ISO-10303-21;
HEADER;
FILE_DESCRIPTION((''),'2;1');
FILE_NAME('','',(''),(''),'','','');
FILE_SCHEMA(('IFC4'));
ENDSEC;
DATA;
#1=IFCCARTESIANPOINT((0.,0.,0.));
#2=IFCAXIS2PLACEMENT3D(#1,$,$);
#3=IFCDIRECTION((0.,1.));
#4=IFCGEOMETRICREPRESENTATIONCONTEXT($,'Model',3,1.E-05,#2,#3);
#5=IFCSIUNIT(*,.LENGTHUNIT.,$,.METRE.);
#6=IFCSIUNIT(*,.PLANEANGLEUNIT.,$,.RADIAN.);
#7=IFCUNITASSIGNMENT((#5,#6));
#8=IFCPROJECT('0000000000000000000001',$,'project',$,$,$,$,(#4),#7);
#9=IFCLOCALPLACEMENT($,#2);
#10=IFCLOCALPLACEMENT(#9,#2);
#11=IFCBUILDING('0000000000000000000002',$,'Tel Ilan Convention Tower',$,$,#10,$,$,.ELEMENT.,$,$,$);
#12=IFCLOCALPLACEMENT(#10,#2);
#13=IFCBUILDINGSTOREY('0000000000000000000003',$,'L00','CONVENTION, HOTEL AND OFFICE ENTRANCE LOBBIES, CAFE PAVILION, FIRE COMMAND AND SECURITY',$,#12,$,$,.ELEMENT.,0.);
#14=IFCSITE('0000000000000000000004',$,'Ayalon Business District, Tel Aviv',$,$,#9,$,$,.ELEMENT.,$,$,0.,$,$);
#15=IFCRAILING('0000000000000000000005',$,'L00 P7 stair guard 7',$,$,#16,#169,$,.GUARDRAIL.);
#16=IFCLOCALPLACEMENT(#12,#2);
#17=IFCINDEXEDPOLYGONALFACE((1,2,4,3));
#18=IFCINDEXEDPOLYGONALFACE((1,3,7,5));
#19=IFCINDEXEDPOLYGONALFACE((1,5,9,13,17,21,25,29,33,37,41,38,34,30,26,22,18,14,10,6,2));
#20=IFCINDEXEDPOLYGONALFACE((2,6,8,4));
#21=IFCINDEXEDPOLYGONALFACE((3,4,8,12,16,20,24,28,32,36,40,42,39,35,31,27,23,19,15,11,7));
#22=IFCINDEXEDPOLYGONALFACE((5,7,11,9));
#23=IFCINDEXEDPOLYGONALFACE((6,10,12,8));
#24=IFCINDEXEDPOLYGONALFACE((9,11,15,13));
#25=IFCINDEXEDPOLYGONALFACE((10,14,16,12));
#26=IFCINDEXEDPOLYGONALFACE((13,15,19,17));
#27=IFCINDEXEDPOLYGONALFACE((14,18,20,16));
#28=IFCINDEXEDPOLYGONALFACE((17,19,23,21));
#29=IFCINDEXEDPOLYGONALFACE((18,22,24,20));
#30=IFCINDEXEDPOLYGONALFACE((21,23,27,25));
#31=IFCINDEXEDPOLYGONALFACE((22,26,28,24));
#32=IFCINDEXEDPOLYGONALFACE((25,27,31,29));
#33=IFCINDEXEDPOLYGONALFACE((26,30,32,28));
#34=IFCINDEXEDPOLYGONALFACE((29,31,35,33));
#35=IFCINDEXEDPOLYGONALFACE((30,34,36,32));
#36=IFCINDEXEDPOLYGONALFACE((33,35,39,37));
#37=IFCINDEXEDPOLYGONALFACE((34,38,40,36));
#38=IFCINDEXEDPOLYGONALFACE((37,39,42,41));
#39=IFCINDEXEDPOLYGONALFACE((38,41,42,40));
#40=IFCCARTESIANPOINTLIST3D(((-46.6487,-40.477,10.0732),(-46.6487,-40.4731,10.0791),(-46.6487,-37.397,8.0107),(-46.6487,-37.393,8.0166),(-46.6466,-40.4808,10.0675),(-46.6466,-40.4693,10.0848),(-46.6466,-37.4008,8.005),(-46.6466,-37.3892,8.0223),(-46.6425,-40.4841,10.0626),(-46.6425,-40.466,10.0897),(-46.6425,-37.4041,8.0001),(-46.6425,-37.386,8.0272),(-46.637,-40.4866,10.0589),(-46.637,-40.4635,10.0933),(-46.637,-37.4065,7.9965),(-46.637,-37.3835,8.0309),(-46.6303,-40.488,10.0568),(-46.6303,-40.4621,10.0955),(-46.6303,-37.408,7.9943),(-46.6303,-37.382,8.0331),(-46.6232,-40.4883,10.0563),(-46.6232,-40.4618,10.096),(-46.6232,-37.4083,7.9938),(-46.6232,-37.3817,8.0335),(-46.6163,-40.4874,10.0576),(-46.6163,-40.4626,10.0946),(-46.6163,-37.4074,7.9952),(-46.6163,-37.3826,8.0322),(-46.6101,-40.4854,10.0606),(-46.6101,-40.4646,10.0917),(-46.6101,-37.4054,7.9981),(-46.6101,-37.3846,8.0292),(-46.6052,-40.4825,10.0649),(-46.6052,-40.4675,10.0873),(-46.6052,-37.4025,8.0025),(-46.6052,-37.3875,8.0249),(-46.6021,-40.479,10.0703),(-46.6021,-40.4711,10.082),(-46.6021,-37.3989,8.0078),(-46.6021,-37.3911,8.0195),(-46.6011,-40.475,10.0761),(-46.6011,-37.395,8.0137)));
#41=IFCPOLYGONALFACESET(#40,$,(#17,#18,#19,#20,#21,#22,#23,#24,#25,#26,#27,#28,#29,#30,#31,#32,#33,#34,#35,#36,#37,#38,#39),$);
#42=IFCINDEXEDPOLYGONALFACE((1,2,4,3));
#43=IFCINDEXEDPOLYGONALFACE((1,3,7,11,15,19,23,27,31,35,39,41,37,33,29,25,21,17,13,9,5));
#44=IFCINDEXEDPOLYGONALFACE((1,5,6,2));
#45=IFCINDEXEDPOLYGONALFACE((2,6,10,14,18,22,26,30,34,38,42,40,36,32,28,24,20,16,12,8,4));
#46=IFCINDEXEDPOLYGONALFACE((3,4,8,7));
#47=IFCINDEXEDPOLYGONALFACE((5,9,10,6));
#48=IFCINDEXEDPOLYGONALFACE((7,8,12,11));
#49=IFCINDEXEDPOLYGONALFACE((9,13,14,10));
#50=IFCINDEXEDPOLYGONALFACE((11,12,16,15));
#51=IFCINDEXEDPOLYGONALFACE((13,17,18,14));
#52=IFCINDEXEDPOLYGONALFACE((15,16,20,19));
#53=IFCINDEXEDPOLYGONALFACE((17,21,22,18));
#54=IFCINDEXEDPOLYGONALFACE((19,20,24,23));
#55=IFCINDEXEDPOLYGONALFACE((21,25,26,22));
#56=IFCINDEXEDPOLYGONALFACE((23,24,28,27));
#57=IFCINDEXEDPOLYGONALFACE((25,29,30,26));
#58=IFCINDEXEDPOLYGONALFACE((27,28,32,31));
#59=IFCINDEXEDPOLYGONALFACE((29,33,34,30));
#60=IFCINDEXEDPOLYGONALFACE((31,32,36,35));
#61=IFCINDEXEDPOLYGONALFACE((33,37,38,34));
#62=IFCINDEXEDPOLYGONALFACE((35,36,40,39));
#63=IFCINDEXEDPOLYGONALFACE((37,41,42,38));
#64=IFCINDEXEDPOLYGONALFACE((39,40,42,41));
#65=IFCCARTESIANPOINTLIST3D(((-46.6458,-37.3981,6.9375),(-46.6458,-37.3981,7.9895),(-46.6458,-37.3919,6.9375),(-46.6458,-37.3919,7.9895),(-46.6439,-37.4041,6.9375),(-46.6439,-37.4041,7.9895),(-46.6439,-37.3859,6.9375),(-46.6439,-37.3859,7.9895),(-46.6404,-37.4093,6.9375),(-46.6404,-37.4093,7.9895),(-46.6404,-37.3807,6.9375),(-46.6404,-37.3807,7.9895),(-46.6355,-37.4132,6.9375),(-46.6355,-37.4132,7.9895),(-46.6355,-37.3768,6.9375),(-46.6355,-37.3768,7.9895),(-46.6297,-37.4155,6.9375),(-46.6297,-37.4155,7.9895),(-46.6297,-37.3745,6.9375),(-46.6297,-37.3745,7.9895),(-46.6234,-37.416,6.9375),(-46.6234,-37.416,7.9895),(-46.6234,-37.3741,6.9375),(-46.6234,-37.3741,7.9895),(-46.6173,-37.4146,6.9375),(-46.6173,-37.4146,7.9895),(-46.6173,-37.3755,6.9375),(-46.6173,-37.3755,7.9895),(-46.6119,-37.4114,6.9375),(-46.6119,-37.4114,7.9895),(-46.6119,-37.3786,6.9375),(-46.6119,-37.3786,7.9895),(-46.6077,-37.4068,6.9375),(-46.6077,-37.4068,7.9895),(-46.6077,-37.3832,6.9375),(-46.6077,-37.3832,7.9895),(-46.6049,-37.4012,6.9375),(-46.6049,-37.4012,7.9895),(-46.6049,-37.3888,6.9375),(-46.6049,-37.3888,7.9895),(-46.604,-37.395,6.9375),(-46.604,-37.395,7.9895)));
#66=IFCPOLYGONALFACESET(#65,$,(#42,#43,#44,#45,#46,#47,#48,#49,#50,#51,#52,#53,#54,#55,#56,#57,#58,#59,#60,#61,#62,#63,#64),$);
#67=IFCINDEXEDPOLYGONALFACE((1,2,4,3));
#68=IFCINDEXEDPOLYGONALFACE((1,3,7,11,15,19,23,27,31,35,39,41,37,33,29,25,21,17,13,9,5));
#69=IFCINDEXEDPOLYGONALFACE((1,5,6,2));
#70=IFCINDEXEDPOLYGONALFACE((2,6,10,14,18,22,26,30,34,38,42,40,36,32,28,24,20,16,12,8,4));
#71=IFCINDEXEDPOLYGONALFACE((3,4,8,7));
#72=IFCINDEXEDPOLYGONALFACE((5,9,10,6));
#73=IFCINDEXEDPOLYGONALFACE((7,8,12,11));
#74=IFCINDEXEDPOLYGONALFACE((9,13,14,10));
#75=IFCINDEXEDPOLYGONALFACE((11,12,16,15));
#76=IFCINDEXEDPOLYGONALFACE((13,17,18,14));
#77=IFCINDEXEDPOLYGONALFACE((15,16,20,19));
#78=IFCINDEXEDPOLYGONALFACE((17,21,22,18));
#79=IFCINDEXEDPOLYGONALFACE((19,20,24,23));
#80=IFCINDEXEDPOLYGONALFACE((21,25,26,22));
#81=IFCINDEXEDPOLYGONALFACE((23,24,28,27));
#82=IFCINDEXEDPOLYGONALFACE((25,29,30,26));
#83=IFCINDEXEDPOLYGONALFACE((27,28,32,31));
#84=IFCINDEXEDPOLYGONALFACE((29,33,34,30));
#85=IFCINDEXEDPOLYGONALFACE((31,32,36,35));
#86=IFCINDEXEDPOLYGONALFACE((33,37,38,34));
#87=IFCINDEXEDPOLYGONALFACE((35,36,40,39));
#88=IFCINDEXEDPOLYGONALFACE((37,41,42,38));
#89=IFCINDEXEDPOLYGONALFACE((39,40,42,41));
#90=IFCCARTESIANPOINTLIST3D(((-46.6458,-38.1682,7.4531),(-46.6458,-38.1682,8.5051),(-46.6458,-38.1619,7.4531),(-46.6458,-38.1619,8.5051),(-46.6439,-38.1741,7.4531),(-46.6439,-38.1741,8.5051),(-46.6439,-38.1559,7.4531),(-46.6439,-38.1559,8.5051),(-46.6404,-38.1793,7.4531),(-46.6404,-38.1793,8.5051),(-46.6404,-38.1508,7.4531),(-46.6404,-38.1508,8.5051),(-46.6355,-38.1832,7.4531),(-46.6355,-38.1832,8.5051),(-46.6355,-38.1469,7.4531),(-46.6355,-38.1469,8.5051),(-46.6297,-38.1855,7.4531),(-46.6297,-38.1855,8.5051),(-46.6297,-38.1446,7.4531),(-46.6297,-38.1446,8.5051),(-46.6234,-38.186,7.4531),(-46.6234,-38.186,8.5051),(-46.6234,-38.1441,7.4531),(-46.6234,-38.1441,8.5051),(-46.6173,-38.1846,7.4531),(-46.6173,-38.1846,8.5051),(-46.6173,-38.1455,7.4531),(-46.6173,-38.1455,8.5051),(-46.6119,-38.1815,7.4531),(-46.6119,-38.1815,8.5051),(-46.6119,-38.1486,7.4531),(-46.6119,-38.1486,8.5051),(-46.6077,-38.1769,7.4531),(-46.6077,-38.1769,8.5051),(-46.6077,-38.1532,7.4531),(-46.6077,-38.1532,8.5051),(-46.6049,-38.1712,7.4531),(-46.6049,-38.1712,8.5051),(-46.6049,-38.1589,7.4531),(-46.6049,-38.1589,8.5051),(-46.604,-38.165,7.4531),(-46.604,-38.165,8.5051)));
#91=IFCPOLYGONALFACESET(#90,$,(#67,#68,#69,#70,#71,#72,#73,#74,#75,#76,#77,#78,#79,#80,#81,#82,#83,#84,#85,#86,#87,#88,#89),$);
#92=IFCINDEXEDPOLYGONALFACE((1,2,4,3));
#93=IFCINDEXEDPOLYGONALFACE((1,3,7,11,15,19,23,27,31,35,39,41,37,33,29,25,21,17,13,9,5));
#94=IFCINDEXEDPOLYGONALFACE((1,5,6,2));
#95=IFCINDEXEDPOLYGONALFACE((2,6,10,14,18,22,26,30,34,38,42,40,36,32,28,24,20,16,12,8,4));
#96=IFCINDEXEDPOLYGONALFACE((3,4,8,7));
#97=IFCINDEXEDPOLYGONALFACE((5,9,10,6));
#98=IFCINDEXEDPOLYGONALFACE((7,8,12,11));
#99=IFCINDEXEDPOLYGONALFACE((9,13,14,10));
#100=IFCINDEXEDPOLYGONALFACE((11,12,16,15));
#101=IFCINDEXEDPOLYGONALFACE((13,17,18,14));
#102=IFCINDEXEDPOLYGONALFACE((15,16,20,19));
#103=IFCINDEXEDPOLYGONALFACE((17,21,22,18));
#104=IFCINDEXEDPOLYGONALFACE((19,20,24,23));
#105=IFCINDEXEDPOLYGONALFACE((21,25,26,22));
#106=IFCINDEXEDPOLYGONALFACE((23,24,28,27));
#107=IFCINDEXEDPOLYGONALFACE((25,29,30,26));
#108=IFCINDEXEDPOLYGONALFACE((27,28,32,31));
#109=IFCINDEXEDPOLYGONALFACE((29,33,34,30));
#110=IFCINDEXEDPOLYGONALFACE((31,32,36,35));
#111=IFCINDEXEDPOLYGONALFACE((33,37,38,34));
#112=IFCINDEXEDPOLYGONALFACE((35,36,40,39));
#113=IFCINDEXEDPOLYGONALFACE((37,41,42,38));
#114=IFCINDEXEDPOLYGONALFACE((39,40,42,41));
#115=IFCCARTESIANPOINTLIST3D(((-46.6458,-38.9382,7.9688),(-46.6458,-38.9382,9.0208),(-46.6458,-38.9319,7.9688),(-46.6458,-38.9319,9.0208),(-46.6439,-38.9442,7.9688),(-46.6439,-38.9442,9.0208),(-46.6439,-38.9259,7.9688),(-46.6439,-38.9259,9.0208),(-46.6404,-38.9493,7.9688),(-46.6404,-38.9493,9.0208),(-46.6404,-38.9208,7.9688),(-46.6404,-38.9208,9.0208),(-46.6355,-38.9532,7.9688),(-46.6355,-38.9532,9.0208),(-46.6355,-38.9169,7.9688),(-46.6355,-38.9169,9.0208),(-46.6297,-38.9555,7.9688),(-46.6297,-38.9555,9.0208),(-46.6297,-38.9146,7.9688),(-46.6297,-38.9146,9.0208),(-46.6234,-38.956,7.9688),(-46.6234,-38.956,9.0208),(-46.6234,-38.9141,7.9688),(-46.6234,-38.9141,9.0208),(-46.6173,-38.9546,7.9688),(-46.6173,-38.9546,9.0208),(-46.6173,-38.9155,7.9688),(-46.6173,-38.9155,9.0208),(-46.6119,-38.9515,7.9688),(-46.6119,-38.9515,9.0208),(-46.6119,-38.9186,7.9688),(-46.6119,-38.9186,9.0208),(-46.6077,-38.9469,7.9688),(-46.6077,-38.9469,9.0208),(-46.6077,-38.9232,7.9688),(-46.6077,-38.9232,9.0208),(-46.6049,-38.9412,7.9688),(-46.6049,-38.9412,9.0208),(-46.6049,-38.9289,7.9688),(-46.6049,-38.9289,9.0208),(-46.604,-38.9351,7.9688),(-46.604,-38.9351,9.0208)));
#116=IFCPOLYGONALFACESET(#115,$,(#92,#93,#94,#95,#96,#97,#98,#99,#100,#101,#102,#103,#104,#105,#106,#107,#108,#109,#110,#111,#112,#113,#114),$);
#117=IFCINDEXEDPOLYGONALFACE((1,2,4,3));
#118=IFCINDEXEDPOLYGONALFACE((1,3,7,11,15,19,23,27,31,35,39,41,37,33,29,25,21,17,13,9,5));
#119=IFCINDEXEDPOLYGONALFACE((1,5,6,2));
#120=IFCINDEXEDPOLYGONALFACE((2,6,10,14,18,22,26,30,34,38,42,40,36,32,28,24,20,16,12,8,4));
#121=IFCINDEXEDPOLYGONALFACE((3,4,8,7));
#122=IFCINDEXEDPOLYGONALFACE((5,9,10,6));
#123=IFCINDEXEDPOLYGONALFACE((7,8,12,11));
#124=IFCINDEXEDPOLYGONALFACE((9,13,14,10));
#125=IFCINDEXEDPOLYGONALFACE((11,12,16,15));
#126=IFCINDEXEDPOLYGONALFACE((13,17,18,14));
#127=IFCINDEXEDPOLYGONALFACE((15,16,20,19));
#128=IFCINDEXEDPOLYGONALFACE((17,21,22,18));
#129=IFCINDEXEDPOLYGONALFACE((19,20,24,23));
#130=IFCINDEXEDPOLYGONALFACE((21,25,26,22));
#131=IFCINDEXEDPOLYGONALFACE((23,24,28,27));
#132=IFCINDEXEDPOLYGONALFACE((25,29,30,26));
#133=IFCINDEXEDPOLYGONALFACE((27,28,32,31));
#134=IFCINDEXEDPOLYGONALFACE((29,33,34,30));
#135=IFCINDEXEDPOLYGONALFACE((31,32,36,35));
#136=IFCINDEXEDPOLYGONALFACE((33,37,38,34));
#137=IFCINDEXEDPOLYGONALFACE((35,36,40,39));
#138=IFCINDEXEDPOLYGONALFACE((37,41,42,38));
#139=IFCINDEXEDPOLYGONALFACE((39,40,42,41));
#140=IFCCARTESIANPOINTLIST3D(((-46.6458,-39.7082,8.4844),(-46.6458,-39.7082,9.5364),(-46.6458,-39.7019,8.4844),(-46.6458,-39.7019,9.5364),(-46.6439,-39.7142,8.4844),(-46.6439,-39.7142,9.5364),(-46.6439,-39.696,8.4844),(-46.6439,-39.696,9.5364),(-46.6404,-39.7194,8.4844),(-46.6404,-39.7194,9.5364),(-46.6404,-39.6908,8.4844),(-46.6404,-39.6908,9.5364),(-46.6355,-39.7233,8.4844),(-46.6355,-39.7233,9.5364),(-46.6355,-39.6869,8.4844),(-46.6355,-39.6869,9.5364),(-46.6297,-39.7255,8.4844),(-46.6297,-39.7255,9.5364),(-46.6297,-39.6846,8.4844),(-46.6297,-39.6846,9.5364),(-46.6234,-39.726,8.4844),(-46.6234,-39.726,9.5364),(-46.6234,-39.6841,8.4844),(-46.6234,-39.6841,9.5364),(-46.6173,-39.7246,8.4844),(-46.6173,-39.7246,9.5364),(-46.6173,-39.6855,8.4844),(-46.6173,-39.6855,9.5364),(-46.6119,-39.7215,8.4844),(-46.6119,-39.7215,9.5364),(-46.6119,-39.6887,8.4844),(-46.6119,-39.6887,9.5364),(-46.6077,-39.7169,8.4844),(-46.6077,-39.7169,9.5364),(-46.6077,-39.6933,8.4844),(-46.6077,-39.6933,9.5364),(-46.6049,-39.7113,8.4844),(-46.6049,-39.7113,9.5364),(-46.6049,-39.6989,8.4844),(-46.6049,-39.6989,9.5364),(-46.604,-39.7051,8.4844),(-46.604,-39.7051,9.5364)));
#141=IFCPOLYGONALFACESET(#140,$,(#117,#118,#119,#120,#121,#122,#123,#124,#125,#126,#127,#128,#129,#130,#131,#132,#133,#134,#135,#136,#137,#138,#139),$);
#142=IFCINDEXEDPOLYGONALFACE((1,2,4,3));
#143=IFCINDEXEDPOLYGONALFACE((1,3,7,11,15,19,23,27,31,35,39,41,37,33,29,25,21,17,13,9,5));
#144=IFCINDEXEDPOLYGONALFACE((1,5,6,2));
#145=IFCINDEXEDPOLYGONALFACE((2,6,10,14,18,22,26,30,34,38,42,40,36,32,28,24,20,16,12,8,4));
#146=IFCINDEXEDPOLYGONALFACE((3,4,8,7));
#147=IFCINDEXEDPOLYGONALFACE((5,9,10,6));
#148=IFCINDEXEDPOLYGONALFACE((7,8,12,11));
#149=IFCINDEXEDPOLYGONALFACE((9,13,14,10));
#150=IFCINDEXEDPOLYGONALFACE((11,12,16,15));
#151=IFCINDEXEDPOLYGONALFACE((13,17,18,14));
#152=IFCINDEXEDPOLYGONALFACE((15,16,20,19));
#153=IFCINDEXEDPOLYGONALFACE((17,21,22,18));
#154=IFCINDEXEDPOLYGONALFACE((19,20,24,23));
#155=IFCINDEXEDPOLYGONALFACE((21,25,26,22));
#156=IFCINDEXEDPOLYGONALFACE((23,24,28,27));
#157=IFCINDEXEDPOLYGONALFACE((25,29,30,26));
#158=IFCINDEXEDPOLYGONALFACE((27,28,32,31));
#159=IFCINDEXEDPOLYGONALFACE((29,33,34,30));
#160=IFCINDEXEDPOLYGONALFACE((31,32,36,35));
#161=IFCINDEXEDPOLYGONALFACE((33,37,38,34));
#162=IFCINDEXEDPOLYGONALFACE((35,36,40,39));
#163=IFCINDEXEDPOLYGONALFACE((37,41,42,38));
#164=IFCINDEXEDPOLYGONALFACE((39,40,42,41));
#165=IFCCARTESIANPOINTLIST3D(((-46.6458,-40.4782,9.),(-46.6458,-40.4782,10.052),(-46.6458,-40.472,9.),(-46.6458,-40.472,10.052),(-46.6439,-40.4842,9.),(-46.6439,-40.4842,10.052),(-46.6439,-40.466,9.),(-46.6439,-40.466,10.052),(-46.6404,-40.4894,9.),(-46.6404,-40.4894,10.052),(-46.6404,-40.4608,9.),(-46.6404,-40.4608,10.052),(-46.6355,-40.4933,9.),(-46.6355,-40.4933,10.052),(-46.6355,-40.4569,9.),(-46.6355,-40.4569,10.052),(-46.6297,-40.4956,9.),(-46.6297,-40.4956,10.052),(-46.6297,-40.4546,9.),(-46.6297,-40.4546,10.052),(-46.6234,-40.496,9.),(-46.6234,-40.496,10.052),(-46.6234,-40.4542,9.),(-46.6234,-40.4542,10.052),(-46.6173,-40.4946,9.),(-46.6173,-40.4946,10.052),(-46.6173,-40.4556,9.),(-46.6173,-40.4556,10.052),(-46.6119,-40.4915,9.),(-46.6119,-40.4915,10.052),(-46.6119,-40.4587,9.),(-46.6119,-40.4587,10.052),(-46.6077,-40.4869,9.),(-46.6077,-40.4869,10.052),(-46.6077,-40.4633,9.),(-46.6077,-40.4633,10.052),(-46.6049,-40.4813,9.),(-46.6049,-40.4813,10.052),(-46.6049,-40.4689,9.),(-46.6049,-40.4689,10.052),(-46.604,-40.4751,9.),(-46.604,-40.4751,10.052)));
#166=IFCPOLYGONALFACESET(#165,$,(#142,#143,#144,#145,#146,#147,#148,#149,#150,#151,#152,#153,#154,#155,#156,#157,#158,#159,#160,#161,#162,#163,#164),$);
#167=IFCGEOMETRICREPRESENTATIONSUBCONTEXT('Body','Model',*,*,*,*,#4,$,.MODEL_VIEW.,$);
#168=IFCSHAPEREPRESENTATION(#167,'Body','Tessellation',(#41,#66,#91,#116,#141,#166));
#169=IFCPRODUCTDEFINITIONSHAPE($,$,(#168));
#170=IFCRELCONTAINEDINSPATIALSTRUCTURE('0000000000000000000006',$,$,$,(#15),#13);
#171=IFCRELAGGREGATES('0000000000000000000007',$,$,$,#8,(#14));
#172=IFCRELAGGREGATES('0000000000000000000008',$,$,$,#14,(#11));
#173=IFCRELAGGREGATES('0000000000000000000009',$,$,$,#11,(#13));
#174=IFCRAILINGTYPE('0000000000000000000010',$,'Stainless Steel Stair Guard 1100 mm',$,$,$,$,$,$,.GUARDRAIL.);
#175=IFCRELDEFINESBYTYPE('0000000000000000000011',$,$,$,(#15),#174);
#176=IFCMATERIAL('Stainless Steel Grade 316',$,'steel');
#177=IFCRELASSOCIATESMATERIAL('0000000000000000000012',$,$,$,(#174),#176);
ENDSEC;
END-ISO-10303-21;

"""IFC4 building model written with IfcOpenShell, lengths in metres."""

from ifc_helpers import new_model, si_unit, direction, frame, origin, origin_2d, place, context, subcontext, project, spatial, circle, extrude, material, type_object, element, save


model = new_model("IFC4")

# Units and contexts
model_context = context("Model", 3, precision=1e-05, world=origin(), true_north=direction((0.0, 1.0)))
body_context = subcontext(model_context, "Body", "Model", "MODEL_VIEW")
ifc_project = project(units=[si_unit("LENGTHUNIT", "METRE"), si_unit("PLANEANGLEUNIT", "RADIAN")], contexts=[model_context])

# Site, building, storey
site_placement = place(None, origin())
site = spatial("IfcSite", under=ifc_project, at=site_placement, Name="Ayalon Business District, Tel Aviv", CompositionType="ELEMENT", RefElevation=0.0)
building_placement = place(site_placement, origin())
building = spatial("IfcBuilding", under=site, at=building_placement, Name="Tel Ilan Convention Tower", CompositionType="ELEMENT")
storey_placement = place(building_placement, origin())
storey = spatial("IfcBuildingStorey", under=building, at=storey_placement, Name="L00", Description="CONVENTION, HOTEL AND OFFICE ENTRANCE LOBBIES, CAFE PAVILION, FIRE COMMAND AND SECURITY", CompositionType="ELEMENT", Elevation=0.0)

# Railing
ifc_material_1 = material(Name="Stainless Steel Grade 316", Category="steel")
railing_type_1 = type_object("IfcRailingType", Name="Stainless Steel Stair Guard 1100 mm", PredefinedType="GUARDRAIL", material=ifc_material_1)
railing_1_placement = place(storey_placement, frame((-46.625, -37.395, 6.9375)))
element("IfcRailing", 1, at=railing_1_placement, inside=storey, type_object=railing_type_1, Name="L00 P7 stair guard 7", PredefinedType="GUARDRAIL", context=body_context, shape_type="SweptSolid", body=[
    extrude(circle(Radius=0.0239, at=origin_2d()), frame((0.0, 0.0, 1.0762), z_axis=(0.0, -0.830914, 0.556401), x_axis=(1.0, 0.0, 0.0)), (0.0, 0.0, 1.0), 3.7068),
    extrude(circle(Radius=0.021, at=origin_2d()), origin(), (0.0, 0.0, 1.0), 1.052),
    extrude(circle(Radius=0.021, at=origin_2d()), frame((0.0, -0.77, 0.5156)), (0.0, 0.0, 1.0), 1.052),
    extrude(circle(Radius=0.021, at=origin_2d()), frame((0.0, -1.54, 1.0312)), (0.0, 0.0, 1.0), 1.052),
    extrude(circle(Radius=0.021, at=origin_2d()), frame((0.0, -2.3101, 1.5469)), (0.0, 0.0, 1.0), 1.052),
    extrude(circle(Radius=0.021, at=origin_2d()), frame((0.0, -3.0801, 2.0625)), (0.0, 0.0, 1.0), 1.052),
])

save(model, "model.ifc")
